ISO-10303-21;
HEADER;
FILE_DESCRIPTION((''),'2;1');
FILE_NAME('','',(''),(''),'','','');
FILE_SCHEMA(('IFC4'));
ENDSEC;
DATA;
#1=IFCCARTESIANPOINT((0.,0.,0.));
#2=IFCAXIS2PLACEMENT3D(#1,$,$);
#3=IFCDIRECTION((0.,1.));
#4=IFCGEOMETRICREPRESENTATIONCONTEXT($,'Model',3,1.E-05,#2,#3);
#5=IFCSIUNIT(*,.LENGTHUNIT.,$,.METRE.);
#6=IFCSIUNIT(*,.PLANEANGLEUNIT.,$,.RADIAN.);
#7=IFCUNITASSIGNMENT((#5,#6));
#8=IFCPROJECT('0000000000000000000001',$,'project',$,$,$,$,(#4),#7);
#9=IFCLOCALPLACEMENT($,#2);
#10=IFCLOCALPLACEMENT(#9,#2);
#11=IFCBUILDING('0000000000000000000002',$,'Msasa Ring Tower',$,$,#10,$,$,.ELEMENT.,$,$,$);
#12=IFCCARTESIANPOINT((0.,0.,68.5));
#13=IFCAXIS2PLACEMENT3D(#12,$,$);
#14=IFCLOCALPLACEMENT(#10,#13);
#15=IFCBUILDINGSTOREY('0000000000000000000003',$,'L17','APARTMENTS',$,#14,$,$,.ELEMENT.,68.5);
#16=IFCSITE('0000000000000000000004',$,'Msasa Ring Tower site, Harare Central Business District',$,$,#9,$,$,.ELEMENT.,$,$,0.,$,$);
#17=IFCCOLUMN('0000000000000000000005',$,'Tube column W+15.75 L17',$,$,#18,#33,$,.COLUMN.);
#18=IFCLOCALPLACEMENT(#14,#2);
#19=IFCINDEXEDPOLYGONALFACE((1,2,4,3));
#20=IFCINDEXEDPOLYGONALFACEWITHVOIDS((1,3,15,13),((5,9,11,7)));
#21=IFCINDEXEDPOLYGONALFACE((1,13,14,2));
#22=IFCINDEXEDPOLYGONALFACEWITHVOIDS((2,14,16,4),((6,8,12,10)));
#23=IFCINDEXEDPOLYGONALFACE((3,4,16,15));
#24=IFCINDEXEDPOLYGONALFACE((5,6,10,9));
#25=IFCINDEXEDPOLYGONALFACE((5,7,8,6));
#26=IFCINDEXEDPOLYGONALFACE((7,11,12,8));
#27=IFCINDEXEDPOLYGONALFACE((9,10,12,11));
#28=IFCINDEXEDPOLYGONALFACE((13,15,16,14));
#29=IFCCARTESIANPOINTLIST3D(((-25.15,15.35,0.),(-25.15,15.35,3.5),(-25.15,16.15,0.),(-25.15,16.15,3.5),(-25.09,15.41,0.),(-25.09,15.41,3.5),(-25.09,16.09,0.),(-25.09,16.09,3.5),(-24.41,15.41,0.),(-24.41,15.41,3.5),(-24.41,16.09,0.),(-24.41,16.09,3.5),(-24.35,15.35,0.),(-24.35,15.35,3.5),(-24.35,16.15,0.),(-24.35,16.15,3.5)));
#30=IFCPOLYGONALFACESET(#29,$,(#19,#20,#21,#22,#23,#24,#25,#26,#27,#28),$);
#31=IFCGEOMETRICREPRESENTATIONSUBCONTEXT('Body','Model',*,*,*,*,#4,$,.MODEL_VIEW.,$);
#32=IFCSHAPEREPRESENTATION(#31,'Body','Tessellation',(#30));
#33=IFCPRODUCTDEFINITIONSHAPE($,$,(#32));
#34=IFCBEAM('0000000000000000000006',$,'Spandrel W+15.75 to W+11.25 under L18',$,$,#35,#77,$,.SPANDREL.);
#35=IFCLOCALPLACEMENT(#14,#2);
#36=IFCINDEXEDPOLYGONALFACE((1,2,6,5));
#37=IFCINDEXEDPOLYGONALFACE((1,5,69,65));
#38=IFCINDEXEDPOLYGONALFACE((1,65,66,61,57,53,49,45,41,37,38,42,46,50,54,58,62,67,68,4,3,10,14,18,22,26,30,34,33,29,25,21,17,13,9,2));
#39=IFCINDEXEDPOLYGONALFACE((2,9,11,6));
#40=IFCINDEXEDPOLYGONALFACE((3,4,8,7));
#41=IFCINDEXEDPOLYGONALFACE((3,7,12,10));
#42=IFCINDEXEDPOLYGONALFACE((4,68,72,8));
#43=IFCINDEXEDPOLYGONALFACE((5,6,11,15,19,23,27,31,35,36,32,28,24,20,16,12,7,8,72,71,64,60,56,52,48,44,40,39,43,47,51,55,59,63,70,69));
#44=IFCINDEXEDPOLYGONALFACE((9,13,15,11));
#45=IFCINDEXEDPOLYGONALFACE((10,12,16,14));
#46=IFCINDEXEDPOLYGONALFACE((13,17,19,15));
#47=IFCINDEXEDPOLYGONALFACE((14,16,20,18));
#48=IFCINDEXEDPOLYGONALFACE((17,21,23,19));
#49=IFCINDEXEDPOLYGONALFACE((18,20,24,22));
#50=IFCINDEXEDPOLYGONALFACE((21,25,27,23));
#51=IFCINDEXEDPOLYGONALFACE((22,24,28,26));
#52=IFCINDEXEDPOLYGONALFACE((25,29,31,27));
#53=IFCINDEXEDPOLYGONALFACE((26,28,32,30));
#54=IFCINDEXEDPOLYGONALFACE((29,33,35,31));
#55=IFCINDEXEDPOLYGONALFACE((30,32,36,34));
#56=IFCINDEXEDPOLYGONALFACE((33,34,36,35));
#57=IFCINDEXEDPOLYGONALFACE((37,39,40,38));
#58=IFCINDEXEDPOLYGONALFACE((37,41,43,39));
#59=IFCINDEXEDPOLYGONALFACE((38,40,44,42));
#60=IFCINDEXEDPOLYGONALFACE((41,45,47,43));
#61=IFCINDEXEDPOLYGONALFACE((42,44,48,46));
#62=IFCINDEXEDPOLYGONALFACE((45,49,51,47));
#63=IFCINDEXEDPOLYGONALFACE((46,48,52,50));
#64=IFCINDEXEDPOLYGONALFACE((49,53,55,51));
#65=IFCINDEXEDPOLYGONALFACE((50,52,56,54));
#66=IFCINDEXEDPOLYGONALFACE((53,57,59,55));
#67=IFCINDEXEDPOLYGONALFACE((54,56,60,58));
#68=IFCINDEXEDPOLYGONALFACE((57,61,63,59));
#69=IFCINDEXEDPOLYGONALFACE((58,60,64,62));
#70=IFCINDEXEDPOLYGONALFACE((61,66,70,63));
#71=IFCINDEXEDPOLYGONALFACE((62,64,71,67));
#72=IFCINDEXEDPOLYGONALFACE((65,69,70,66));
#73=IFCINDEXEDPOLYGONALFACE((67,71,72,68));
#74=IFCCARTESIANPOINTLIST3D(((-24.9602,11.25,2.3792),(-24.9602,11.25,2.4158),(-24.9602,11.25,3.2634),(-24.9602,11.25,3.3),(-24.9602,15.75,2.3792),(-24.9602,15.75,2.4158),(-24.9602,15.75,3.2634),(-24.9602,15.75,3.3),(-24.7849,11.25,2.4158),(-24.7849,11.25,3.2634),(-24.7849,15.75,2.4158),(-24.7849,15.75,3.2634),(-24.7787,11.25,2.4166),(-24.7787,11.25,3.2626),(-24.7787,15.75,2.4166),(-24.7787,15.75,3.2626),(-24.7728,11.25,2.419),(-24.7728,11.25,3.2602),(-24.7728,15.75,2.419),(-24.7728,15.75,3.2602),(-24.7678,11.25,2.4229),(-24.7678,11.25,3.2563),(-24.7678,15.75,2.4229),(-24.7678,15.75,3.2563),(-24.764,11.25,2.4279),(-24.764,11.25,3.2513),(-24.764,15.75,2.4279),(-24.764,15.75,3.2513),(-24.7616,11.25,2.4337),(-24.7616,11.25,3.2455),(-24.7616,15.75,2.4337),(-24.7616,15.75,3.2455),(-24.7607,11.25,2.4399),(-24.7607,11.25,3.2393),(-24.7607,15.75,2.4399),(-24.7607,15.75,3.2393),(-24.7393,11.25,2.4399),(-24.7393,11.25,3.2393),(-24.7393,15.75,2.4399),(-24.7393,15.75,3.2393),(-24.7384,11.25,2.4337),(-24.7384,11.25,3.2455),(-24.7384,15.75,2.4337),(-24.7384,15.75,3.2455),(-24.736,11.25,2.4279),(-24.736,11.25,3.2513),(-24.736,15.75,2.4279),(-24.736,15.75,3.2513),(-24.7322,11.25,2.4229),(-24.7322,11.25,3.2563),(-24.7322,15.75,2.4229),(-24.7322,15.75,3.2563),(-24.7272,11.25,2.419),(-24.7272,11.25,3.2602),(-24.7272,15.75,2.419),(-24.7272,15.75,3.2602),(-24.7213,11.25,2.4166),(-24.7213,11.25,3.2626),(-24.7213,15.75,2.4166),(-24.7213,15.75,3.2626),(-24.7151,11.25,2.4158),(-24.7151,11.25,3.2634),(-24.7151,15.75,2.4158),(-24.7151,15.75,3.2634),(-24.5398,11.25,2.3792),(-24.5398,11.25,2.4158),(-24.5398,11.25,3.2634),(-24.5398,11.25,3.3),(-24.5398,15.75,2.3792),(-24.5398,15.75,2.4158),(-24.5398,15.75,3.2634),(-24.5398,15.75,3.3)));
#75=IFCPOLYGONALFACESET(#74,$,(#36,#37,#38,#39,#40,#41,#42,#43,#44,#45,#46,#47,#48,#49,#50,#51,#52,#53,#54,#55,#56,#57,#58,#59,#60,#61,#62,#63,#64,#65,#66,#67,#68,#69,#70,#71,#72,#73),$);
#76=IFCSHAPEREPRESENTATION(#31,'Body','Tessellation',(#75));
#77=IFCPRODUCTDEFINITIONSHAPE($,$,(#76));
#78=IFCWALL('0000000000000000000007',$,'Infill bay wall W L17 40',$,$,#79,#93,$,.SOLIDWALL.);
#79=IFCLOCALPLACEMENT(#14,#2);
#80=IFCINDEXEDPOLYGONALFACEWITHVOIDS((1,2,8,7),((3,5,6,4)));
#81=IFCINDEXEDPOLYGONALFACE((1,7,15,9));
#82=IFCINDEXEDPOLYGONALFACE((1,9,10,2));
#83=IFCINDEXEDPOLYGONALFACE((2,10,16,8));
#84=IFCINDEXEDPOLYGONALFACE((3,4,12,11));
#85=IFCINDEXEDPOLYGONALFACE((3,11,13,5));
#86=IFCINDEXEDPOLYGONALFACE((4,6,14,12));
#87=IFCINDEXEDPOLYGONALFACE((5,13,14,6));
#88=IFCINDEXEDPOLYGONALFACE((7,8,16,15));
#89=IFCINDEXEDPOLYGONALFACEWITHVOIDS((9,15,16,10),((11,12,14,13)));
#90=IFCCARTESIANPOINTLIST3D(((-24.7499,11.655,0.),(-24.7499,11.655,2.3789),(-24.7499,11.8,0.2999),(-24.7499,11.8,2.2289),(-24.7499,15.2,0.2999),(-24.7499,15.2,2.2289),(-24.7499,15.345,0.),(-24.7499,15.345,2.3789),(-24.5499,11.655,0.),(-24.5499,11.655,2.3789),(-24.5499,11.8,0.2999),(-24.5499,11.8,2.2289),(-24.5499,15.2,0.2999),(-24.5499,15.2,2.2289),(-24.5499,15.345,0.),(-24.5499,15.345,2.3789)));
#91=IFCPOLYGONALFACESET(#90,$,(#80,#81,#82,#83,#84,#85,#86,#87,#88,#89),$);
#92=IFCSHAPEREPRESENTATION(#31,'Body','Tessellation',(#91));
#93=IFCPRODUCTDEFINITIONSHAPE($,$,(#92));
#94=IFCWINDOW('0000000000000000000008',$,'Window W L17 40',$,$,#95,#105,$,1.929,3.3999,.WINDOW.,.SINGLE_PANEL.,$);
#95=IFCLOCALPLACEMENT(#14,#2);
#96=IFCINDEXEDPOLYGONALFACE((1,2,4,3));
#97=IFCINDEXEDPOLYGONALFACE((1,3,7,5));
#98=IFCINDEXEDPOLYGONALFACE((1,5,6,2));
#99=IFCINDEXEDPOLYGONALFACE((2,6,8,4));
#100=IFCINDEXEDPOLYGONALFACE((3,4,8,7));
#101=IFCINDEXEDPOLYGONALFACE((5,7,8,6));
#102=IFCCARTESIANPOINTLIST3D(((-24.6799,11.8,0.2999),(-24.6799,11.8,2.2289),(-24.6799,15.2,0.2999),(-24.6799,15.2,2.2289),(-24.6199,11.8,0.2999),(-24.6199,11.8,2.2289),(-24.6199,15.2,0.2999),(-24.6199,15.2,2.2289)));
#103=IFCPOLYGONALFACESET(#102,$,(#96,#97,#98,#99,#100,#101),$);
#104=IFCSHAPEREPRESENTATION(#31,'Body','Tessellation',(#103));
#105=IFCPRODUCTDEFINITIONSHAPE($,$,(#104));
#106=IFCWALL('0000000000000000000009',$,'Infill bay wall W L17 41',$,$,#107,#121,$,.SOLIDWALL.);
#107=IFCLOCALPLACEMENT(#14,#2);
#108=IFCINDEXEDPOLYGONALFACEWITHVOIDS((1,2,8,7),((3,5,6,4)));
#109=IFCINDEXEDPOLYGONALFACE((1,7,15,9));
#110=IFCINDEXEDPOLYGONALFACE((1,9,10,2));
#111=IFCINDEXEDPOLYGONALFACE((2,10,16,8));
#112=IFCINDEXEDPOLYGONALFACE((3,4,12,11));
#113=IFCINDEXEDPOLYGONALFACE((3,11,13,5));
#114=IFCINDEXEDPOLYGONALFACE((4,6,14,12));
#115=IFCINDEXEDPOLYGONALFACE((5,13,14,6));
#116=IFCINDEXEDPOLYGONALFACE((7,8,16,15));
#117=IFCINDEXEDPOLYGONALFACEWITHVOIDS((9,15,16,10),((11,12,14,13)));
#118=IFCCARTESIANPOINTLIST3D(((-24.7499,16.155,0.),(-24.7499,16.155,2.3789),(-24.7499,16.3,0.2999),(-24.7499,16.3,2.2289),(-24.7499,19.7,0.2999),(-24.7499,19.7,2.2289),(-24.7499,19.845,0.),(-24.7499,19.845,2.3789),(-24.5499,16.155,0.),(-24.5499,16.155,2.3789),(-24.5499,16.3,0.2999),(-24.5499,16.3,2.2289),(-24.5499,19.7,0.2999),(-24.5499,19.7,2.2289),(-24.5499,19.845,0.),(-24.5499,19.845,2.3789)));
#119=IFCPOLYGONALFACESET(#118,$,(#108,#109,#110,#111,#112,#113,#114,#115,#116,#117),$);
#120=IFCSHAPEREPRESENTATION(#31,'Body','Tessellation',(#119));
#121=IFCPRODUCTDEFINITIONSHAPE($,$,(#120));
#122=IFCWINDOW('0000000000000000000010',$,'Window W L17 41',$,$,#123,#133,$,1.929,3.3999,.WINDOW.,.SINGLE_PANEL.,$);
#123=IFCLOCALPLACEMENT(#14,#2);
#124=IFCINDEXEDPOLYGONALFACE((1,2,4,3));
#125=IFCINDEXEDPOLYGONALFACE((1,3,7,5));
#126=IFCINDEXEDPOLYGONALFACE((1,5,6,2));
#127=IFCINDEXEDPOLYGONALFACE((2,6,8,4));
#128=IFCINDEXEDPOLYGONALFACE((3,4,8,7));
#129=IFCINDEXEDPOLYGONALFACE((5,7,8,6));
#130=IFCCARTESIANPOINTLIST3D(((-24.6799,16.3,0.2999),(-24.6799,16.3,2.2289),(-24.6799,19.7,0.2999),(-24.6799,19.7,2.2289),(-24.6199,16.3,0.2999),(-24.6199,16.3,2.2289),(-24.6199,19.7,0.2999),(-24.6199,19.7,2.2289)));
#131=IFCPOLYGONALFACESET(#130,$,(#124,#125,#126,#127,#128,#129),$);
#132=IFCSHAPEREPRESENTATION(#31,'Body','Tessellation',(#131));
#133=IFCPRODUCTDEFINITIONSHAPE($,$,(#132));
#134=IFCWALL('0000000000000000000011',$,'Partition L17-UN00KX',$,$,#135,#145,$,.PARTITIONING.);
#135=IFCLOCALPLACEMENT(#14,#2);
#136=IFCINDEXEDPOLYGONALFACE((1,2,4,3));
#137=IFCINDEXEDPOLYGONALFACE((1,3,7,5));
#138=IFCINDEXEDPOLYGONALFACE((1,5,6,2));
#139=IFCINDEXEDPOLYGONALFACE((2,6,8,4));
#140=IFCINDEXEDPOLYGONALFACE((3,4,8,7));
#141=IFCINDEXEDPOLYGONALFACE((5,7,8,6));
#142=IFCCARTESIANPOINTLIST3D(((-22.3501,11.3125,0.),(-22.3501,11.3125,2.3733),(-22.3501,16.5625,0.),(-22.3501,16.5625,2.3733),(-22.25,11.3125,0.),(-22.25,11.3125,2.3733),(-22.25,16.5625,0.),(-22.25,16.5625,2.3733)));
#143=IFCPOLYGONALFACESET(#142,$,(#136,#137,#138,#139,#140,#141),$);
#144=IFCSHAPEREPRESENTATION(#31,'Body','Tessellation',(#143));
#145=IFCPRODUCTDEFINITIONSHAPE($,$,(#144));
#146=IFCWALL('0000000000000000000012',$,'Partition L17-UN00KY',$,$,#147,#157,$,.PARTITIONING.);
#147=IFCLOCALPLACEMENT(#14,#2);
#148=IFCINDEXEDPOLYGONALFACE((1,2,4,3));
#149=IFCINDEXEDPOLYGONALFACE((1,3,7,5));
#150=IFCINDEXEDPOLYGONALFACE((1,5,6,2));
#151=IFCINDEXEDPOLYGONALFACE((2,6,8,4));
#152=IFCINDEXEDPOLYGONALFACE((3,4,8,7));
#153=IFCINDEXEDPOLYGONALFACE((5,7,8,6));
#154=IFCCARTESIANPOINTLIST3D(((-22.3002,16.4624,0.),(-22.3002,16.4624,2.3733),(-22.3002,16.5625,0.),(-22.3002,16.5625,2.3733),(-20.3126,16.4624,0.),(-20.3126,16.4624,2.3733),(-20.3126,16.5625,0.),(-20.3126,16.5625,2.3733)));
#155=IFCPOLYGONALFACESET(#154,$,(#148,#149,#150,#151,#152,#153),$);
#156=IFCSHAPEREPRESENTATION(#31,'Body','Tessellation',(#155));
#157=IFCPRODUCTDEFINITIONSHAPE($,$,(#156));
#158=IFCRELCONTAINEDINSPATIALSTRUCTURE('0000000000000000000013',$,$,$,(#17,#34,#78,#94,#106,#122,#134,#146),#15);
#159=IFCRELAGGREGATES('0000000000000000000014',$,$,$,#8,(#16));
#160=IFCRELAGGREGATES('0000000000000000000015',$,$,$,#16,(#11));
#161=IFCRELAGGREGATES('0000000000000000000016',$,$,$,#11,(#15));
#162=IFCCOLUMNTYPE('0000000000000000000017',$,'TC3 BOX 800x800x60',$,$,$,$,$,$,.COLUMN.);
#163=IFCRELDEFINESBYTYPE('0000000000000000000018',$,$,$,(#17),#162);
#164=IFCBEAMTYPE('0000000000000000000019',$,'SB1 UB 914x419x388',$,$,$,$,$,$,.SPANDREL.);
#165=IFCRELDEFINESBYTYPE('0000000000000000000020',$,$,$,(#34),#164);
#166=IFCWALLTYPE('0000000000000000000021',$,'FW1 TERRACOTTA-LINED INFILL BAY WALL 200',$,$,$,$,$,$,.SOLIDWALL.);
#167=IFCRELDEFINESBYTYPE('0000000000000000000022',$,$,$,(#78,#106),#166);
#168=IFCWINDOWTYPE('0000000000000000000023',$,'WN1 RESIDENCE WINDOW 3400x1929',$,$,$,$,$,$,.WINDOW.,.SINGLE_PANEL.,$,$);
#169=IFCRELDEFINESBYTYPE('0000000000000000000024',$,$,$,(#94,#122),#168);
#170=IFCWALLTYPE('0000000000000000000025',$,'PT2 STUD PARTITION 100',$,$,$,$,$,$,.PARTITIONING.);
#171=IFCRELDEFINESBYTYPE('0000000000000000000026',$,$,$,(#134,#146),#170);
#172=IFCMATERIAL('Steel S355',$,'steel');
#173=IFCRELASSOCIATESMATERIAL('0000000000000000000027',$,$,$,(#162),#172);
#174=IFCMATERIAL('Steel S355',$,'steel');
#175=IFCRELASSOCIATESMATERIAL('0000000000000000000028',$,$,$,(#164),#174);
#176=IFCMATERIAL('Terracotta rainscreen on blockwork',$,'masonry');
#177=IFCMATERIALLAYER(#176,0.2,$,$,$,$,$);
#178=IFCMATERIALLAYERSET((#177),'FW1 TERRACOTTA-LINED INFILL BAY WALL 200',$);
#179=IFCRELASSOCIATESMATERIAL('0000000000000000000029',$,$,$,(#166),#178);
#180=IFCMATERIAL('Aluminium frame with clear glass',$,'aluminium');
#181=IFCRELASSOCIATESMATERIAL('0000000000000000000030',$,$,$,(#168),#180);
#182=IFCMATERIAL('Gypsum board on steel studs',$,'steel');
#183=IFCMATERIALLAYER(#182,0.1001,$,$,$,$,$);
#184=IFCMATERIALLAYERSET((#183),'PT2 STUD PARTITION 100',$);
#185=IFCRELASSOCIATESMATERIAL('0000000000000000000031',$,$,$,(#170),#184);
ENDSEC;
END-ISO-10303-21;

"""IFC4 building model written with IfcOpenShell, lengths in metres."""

from ifc_helpers import new_model, si_unit, direction, frame, frame_2d, origin, origin_2d, place, context, subcontext, project, spatial, rectangle, hollow_rectangle, i_section, extrude, material, layer, layer_set, material_profile, profile_set, type_object, element, fill, save


model = new_model("IFC4")

# Units and contexts
model_context = context("Model", 3, precision=1e-05, world=origin(), true_north=direction((0.0, 1.0)))
body_context = subcontext(model_context, "Body", "Model", "MODEL_VIEW")
ifc_project = project(units=[si_unit("LENGTHUNIT", "METRE"), si_unit("PLANEANGLEUNIT", "RADIAN")], contexts=[model_context])

# Site, building, storey
site_placement = place(None, origin())
site = spatial("IfcSite", under=ifc_project, at=site_placement, Name="Msasa Ring Tower site, Harare Central Business District", CompositionType="ELEMENT", RefElevation=0.0)
building_placement = place(site_placement, origin())
building = spatial("IfcBuilding", under=site, at=building_placement, Name="Msasa Ring Tower", CompositionType="ELEMENT")
storey_placement = place(building_placement, frame((0.0, 0.0, 68.5)))
storey = spatial("IfcBuildingStorey", under=building, at=storey_placement, Name="L17", Description="APARTMENTS", CompositionType="ELEMENT", Elevation=68.5)

# Column
ifc_material_1 = material(Name="Steel S355", Category="steel")
ifc_material_profile_1 = material_profile(ifc_material_1, hollow_rectangle(XDim=0.8, YDim=0.8, WallThickness=0.0601, at=origin_2d()), Name="BOX 800x800x60")
ifc_profile_set_1 = profile_set([ifc_material_profile_1], Name="Steel S355")
column_type = type_object("IfcColumnType", Name="TC3 BOX 800x800x60", PredefinedType="COLUMN", material=ifc_profile_set_1)
column_placement = place(storey_placement, frame((-24.75, 15.75, 0.0), z_axis=(0.0, 0.0, 1.0), x_axis=(1.0, 0.0, 0.0)))
element("IfcColumn", 1, at=column_placement, inside=storey, type_object=column_type, Name="Tube column W+15.75 L17", PredefinedType="COLUMN", context=body_context, shape_type="SweptSolid", body=[
    extrude(hollow_rectangle(XDim=0.8, YDim=0.8, WallThickness=0.0601, at=origin_2d()), origin(), (0.0, 0.0, 1.0), 3.5),
])

# Beam
ifc_material_2 = material(Name="Steel S355", Category="steel")
ifc_material_profile_2 = material_profile(ifc_material_2, i_section(OverallWidth=0.4204, OverallDepth=0.9209, WebThickness=0.0215, FlangeThickness=0.0366, FilletRadius=0.0242, at=origin_2d()), Name="UB 914x419x388")
ifc_profile_set_2 = profile_set([ifc_material_profile_2], Name="Steel S355")
beam_type = type_object("IfcBeamType", Name="SB1 UB 914x419x388", PredefinedType="SPANDREL", material=ifc_profile_set_2)
beam_placement = place(storey_placement, frame((-24.75, 15.75, 2.8396), z_axis=(0.0, -1.0, 0.0), x_axis=(1.0, 0.0, 0.0)))
element("IfcBeam", 2, at=beam_placement, inside=storey, type_object=beam_type, Name="Spandrel W+15.75 to W+11.25 under L18", PredefinedType="SPANDREL", context=body_context, shape_type="SweptSolid", body=[
    extrude(i_section(OverallWidth=0.4204, OverallDepth=0.9209, WebThickness=0.0215, FlangeThickness=0.0366, FilletRadius=0.0242, at=origin_2d()), origin(), (0.0, 0.0, 1.0), 4.5),
])

# Walls, openings, windows
ifc_material_3 = material(Name="Terracotta rainscreen on blockwork", Category="masonry")
ifc_layer_1 = layer(ifc_material_3, 0.2)
ifc_layer_set_1 = layer_set([ifc_layer_1], Name="FW1 TERRACOTTA-LINED INFILL BAY WALL 200")
wall_type_1 = type_object("IfcWallType", Name="FW1 TERRACOTTA-LINED INFILL BAY WALL 200", PredefinedType="SOLIDWALL", material=ifc_layer_set_1)
wall_1_placement = place(storey_placement, frame((-24.6499, 11.655, 0.0), z_axis=(0.0, 0.0, 1.0), x_axis=(0.0, 1.0, 0.0)))
wall_1 = element("IfcWall", 3, at=wall_1_placement, inside=storey, type_object=wall_type_1, Name="Infill bay wall W L17 40", PredefinedType="SOLIDWALL", context=body_context, shape_type="SweptSolid", body=[
    extrude(rectangle(XDim=3.6899, YDim=0.2, at=frame_2d((1.845, 0.0))), origin(), (0.0, 0.0, 1.0), 2.3789),
])
opening_1_placement = place(wall_1_placement, frame((0.145, 0.0, 0.3)))
opening_1 = element("IfcOpeningElement", 4, at=opening_1_placement, cuts=wall_1, PredefinedType="OPENING", context=body_context, shape_type="SweptSolid", body=[
    extrude(rectangle(XDim=3.3999, YDim=1.929, at=frame_2d((1.7, 0.9644))), frame((0.0, 0.1099, 0.0), z_axis=(0.0, -1.0, 0.0), x_axis=(1.0, 0.0, 0.0)), (0.0, 0.0, 1.0), 0.22),
])
ifc_material_4 = material(Name="Aluminium frame with clear glass", Category="aluminium")
window_type = type_object("IfcWindowType", Name="WN1 RESIDENCE WINDOW 3400x1929", PartitioningType="SINGLE_PANEL", PredefinedType="WINDOW", material=ifc_material_4)
window_1_placement = place(opening_1_placement, origin())
window_1 = element("IfcWindow", 5, at=window_1_placement, inside=storey, type_object=window_type, Name="Window W L17 40", OverallHeight=1.929, OverallWidth=3.3999, PartitioningType="SINGLE_PANEL", PredefinedType="WINDOW", context=body_context, shape_type="SweptSolid", body=[
    extrude(rectangle(XDim=3.3999, YDim=1.929, at=frame_2d((1.7, 0.9644))), frame((0.0, 0.03, 0.0), z_axis=(0.0, -1.0, 0.0), x_axis=(1.0, 0.0, 0.0)), (0.0, 0.0, 1.0), 0.0601),
])
fill(opening_1, window_1)
wall_2_placement = place(storey_placement, frame((-24.6499, 16.155, 0.0), z_axis=(0.0, 0.0, 1.0), x_axis=(0.0, 1.0, 0.0)))
wall_2 = element("IfcWall", 6, at=wall_2_placement, inside=storey, type_object=wall_type_1, Name="Infill bay wall W L17 41", PredefinedType="SOLIDWALL", context=body_context, shape_type="SweptSolid", body=[
    extrude(rectangle(XDim=3.6899, YDim=0.2, at=frame_2d((1.845, 0.0))), origin(), (0.0, 0.0, 1.0), 2.3789),
])
opening_2_placement = place(wall_2_placement, frame((0.145, 0.0, 0.3)))
opening_2 = element("IfcOpeningElement", 7, at=opening_2_placement, cuts=wall_2, PredefinedType="OPENING", context=body_context, shape_type="SweptSolid", body=[
    extrude(rectangle(XDim=3.3999, YDim=1.929, at=frame_2d((1.7, 0.9644))), frame((0.0, 0.1099, 0.0), z_axis=(0.0, -1.0, 0.0), x_axis=(1.0, 0.0, 0.0)), (0.0, 0.0, 1.0), 0.22),
])
window_2_placement = place(opening_2_placement, origin())
window_2 = element("IfcWindow", 8, at=window_2_placement, inside=storey, type_object=window_type, Name="Window W L17 41", OverallHeight=1.929, OverallWidth=3.3999, PartitioningType="SINGLE_PANEL", PredefinedType="WINDOW", context=body_context, shape_type="SweptSolid", body=[
    extrude(rectangle(XDim=3.3999, YDim=1.929, at=frame_2d((1.7, 0.9644))), frame((0.0, 0.03, 0.0), z_axis=(0.0, -1.0, 0.0), x_axis=(1.0, 0.0, 0.0)), (0.0, 0.0, 1.0), 0.0601),
])
fill(opening_2, window_2)

# Walls
ifc_material_5 = material(Name="Gypsum board on steel studs", Category="steel")
ifc_layer_2 = layer(ifc_material_5, 0.1001)
ifc_layer_set_2 = layer_set([ifc_layer_2], Name="PT2 STUD PARTITION 100")
wall_type_2 = type_object("IfcWallType", Name="PT2 STUD PARTITION 100", PredefinedType="PARTITIONING", material=ifc_layer_set_2)
wall_3_placement = place(storey_placement, frame((-22.3, 11.3125, 0.0), z_axis=(0.0, 0.0, 1.0), x_axis=(0.0, 1.0, 0.0)))
element("IfcWall", 9, at=wall_3_placement, inside=storey, type_object=wall_type_2, Name="Partition L17-UN00KX", PredefinedType="PARTITIONING", context=body_context, shape_type="SweptSolid", body=[
    extrude(rectangle(XDim=5.25, YDim=0.1001, at=frame_2d((2.625, 0.0))), origin(), (0.0, 0.0, 1.0), 2.3733),
])
wall_4_placement = place(storey_placement, frame((-22.3, 16.5125, 0.0), z_axis=(0.0, 0.0, 1.0), x_axis=(1.0, 0.0, 0.0)))
element("IfcWall", 10, at=wall_4_placement, inside=storey, type_object=wall_type_2, Name="Partition L17-UN00KY", PredefinedType="PARTITIONING", context=body_context, shape_type="SweptSolid", body=[
    extrude(rectangle(XDim=1.9875, YDim=0.1001, at=frame_2d((0.9937, 0.0))), origin(), (0.0, 0.0, 1.0), 2.3733),
])

save(model, "model.ifc")
